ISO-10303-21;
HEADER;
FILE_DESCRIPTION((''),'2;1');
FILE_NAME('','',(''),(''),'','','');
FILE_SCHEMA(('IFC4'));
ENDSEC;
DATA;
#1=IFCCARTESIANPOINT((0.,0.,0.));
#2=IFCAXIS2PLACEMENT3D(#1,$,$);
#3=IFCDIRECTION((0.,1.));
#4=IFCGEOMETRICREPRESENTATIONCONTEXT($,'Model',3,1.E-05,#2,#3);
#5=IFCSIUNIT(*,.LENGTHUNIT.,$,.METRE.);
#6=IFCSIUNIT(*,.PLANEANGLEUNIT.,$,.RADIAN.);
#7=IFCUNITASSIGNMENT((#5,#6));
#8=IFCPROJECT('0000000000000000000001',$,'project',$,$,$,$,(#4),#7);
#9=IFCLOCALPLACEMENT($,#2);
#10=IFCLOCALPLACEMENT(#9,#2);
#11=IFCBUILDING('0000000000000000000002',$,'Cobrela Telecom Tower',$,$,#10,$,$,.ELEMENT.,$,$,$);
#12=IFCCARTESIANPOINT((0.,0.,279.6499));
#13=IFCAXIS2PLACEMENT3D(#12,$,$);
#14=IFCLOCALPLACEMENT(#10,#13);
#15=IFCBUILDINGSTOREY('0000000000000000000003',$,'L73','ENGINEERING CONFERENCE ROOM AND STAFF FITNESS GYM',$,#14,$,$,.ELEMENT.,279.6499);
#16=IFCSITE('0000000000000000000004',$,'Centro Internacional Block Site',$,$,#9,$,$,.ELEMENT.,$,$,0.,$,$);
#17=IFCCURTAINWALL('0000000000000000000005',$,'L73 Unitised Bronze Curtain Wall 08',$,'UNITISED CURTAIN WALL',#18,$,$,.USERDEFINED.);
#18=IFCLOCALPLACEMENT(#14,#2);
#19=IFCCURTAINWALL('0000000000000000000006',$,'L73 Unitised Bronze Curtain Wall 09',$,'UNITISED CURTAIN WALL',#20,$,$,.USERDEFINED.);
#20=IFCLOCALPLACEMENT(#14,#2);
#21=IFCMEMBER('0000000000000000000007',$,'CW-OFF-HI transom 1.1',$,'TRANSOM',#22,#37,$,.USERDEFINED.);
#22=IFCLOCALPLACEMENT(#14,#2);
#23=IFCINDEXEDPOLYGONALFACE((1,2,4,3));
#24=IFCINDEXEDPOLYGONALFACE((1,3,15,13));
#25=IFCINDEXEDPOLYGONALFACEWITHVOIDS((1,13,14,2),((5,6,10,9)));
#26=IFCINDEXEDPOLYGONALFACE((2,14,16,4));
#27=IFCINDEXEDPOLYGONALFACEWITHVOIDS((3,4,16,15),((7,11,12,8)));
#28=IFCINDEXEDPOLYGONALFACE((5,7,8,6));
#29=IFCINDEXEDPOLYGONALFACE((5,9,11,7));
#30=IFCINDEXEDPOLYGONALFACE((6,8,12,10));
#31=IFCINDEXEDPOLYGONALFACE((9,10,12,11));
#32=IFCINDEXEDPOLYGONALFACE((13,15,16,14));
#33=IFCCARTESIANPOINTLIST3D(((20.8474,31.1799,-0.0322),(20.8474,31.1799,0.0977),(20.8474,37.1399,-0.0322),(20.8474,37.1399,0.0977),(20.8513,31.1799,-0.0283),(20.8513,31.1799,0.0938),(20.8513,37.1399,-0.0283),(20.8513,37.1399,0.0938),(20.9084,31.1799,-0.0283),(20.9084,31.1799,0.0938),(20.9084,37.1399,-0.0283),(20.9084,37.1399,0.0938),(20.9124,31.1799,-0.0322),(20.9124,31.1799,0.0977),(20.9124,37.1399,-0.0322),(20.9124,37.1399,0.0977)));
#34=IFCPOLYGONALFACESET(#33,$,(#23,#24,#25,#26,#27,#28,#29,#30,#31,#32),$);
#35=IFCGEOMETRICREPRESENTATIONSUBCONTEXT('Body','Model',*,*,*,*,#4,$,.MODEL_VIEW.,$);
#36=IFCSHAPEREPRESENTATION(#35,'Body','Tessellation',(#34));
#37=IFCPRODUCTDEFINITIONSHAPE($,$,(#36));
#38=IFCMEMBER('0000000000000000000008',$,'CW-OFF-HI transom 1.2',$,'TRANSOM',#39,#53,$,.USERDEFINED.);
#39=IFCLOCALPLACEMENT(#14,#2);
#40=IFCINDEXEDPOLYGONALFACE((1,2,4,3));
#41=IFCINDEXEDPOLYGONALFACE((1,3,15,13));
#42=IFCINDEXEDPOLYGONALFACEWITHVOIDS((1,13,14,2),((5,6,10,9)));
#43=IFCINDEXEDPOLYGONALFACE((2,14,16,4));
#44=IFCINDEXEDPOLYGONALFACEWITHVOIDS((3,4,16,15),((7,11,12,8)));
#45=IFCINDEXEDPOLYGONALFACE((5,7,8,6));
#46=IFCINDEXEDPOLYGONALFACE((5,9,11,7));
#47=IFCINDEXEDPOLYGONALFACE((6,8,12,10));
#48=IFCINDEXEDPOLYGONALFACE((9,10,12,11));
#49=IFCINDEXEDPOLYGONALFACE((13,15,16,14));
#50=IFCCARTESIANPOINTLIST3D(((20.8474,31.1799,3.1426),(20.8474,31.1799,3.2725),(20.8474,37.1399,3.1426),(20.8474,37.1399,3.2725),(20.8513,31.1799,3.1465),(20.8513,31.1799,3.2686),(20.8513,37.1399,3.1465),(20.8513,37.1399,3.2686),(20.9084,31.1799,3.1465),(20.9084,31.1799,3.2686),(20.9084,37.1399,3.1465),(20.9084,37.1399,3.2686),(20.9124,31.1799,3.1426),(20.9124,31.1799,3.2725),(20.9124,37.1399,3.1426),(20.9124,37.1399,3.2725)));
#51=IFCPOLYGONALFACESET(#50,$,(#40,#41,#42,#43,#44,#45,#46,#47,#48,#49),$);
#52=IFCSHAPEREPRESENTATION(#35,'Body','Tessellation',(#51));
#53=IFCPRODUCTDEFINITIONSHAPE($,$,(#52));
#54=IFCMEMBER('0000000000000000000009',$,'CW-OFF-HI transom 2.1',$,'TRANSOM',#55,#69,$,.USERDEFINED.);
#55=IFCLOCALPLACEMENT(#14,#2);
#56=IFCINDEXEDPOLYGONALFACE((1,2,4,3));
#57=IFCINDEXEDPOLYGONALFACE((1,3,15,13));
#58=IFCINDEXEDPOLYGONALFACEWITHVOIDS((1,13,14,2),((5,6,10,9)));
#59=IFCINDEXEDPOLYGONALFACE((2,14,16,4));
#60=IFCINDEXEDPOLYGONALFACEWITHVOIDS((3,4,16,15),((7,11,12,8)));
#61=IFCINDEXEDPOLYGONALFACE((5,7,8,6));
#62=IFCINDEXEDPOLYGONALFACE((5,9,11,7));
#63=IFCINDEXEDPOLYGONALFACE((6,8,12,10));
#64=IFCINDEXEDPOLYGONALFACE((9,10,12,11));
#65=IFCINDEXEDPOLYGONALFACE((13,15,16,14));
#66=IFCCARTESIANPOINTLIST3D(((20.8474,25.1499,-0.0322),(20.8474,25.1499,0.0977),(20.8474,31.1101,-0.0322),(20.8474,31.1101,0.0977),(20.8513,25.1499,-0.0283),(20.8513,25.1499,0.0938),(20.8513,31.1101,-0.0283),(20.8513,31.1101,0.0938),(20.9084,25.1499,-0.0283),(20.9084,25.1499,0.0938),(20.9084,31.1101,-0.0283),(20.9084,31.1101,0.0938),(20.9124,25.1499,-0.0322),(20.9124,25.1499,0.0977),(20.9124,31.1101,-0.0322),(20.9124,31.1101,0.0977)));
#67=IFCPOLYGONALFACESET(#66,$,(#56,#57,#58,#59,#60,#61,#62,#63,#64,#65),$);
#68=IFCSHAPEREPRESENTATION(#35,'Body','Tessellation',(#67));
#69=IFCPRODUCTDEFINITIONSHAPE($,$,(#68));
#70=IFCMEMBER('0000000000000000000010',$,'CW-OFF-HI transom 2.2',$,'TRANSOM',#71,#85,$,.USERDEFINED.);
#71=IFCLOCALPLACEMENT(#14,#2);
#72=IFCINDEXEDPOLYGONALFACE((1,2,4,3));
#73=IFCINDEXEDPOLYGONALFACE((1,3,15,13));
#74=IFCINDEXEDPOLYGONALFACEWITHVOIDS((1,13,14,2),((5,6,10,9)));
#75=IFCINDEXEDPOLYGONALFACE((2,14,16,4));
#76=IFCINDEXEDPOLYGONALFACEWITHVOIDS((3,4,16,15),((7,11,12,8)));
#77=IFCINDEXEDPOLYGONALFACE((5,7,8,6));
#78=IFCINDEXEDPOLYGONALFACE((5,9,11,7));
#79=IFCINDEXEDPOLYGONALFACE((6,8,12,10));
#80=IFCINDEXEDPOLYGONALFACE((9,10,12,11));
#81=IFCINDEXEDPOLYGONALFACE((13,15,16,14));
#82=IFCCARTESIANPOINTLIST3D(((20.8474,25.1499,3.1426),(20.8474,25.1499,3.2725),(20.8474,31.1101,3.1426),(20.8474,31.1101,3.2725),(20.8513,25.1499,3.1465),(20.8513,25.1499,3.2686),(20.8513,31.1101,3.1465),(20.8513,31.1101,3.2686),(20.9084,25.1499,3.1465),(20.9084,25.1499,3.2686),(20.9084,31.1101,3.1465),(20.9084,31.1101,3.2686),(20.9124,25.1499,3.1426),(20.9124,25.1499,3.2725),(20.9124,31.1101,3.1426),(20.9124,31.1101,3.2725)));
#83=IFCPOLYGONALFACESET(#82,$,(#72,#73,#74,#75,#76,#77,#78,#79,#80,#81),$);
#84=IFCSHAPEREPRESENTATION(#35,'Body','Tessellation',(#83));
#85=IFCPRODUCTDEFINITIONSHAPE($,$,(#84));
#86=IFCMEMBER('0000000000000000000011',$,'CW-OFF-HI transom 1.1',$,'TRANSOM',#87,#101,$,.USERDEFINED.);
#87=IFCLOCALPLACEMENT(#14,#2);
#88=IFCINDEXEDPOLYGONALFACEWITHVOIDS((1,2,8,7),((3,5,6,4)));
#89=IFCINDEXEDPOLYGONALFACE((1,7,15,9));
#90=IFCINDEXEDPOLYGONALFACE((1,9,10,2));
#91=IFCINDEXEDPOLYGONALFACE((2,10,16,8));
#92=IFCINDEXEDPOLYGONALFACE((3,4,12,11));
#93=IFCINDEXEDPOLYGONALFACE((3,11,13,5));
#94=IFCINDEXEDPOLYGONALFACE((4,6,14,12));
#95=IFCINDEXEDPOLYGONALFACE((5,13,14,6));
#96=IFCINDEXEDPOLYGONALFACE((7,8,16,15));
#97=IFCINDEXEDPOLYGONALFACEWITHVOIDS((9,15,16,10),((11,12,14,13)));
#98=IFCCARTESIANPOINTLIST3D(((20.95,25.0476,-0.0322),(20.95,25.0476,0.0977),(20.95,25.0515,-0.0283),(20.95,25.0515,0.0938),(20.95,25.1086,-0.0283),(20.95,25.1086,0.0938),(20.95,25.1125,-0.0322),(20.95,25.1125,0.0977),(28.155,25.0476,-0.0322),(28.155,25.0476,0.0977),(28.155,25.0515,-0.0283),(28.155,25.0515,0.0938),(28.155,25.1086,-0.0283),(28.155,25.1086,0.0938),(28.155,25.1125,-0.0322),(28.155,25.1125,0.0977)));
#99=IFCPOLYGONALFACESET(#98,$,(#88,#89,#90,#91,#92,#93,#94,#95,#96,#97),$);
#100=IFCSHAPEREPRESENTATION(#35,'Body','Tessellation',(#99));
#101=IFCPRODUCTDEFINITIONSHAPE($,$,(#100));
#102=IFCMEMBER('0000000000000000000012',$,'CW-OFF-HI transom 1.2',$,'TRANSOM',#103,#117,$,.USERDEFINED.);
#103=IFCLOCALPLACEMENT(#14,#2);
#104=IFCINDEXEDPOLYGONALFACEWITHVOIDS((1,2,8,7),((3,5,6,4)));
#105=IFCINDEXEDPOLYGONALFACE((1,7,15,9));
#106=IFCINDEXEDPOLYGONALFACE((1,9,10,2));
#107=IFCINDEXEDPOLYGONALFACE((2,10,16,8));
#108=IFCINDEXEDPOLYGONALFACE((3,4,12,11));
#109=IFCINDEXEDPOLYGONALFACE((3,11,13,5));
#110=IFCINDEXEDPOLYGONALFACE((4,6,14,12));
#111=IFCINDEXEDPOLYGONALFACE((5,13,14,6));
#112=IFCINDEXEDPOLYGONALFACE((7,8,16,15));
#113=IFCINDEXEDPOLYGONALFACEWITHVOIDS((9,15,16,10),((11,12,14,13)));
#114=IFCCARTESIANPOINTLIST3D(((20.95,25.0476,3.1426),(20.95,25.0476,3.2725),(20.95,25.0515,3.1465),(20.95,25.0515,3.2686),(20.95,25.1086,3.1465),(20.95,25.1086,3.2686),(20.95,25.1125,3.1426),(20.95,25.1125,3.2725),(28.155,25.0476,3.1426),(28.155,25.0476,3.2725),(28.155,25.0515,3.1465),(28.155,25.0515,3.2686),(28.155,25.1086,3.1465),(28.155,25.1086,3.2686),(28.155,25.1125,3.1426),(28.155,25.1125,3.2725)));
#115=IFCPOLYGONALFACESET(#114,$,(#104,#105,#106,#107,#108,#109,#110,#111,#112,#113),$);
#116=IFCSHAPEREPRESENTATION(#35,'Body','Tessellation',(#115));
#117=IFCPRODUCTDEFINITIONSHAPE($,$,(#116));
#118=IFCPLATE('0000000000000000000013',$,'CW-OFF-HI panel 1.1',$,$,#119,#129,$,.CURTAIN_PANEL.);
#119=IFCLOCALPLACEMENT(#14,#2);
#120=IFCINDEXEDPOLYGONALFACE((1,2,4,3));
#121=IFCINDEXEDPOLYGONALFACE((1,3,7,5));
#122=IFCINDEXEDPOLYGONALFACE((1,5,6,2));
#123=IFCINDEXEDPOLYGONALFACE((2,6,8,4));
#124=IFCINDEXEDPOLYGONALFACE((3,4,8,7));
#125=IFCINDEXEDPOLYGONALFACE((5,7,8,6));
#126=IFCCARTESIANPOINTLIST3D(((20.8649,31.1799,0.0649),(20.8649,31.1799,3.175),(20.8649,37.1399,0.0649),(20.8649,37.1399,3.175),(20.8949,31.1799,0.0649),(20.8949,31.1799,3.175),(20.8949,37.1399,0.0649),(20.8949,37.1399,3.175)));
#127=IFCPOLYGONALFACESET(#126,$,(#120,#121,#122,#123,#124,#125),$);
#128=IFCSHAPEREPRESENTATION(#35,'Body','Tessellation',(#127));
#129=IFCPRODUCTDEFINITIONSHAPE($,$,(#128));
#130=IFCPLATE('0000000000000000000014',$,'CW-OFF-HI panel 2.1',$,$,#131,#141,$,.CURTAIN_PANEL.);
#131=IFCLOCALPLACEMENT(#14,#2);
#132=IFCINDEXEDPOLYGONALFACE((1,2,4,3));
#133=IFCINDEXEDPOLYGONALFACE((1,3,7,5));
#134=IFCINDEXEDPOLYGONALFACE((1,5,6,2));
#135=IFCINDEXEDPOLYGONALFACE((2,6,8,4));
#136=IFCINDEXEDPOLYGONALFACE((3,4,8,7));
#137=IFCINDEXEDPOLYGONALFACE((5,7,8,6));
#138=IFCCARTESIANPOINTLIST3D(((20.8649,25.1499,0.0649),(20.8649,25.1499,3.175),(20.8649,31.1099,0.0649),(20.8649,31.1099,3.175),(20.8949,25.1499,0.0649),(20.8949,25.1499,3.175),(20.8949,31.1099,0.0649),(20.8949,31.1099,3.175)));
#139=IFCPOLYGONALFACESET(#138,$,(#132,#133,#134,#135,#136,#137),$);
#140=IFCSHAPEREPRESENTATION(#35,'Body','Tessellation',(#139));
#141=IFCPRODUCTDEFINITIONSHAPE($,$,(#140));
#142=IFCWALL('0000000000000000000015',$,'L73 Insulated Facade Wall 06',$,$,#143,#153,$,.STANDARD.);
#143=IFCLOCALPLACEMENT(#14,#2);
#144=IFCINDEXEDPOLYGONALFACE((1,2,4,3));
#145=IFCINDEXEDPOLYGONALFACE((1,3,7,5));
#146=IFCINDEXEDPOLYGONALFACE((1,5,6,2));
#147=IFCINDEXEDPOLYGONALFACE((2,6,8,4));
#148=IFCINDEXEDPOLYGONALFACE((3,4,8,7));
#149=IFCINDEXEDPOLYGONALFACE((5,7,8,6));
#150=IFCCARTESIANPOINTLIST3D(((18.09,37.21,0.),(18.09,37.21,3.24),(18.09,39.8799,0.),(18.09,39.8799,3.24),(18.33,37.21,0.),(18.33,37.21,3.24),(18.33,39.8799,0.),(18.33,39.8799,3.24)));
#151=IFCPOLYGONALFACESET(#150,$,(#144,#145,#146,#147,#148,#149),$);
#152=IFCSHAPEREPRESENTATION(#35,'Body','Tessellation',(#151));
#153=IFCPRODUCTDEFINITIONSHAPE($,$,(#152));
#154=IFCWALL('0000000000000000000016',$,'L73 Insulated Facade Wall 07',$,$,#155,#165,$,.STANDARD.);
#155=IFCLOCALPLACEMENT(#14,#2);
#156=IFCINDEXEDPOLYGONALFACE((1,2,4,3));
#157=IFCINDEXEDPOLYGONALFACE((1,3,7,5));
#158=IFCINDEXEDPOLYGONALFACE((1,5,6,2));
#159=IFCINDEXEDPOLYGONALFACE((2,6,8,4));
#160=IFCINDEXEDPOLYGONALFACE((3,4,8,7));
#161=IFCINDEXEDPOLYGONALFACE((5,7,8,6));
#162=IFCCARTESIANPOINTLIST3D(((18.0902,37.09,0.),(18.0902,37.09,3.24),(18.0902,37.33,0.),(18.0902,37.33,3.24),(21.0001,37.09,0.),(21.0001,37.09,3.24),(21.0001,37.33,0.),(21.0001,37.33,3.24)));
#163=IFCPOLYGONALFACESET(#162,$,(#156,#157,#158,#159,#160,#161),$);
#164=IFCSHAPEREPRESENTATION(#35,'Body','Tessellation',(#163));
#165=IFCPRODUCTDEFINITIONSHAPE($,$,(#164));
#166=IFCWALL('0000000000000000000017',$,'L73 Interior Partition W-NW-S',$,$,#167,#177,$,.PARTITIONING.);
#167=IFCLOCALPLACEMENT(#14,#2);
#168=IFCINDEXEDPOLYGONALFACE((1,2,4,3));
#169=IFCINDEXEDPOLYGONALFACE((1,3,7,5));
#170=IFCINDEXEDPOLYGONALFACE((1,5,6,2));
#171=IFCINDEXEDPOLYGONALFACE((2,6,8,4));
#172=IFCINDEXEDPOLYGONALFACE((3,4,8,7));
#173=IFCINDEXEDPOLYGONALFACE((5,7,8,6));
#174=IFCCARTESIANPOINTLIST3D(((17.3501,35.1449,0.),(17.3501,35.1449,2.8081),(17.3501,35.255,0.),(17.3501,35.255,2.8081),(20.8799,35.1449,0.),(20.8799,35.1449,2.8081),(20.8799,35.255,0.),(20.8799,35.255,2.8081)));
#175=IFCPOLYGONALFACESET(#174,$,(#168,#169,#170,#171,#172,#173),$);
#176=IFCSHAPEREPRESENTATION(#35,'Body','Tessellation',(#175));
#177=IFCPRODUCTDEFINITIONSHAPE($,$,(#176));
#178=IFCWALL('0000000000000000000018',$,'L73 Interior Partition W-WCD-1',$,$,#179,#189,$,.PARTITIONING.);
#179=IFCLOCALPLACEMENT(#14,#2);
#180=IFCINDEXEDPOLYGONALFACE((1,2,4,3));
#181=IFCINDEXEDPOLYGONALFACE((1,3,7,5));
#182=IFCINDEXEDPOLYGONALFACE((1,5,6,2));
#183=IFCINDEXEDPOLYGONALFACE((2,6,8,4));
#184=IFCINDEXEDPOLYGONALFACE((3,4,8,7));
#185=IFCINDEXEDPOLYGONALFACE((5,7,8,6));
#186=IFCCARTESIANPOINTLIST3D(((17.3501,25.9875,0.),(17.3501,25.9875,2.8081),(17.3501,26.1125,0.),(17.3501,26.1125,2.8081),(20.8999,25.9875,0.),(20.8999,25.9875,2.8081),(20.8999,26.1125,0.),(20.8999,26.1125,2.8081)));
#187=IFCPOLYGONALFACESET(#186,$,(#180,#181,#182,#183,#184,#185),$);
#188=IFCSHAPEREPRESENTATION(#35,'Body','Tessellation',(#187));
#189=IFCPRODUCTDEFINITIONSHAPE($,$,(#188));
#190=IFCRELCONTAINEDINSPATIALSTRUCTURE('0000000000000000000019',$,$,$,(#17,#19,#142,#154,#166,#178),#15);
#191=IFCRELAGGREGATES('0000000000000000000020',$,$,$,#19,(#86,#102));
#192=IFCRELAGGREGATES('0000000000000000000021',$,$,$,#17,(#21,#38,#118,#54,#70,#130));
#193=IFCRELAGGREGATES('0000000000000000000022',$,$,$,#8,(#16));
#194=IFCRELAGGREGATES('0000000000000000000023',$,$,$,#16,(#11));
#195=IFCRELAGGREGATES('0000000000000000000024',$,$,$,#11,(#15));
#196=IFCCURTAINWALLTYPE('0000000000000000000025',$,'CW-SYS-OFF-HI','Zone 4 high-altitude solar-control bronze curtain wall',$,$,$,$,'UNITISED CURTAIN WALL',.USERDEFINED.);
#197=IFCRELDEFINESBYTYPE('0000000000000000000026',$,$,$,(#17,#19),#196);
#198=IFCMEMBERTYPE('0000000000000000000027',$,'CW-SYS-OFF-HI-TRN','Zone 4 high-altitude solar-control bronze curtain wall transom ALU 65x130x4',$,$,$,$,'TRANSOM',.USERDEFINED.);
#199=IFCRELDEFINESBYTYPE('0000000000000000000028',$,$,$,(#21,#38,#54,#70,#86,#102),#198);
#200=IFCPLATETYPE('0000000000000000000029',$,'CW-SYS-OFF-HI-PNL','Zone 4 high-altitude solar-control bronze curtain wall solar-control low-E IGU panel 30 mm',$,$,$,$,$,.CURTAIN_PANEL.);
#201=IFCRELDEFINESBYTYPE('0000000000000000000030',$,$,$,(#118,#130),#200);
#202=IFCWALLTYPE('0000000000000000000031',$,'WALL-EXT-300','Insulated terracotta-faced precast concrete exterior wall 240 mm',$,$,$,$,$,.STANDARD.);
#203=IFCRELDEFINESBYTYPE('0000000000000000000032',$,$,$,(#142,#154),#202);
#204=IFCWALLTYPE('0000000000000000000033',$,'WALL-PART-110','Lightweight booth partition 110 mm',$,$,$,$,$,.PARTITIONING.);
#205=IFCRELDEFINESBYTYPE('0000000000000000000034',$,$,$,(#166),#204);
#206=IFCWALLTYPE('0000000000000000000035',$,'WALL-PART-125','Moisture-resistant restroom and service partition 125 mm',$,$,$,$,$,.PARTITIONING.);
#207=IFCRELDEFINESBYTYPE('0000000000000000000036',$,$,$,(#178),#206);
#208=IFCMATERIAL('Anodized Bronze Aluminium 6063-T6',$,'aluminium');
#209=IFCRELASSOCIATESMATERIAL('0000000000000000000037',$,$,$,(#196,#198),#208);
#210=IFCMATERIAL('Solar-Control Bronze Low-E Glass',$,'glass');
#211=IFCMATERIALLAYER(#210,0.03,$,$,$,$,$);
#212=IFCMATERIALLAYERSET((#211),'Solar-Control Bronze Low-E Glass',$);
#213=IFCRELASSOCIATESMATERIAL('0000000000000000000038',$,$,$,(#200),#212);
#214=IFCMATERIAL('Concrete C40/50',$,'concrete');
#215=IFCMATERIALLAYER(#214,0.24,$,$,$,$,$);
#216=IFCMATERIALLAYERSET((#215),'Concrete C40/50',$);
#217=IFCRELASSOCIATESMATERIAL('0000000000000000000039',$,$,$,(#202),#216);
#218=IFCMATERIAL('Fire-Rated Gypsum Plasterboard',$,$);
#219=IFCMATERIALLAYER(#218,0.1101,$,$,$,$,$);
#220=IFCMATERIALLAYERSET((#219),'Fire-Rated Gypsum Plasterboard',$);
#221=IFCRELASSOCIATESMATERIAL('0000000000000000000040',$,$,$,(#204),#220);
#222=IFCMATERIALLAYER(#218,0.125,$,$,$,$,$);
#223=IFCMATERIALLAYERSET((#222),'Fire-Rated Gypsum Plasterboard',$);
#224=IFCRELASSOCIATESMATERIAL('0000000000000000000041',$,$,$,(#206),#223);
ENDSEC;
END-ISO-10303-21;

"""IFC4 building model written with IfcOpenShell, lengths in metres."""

from ifc_helpers import new_model, si_unit, direction, frame, frame_2d, origin, origin_2d, place, context, subcontext, project, spatial, rectangle, hollow_rectangle, extrude, material, layer, layer_set, material_profile, profile_set, type_object, element, aggregate, save


model = new_model("IFC4")

# Units and contexts
model_context = context("Model", 3, precision=1e-05, world=origin(), true_north=direction((0.0, 1.0)))
body_context = subcontext(model_context, "Body", "Model", "MODEL_VIEW")
ifc_project = project(units=[si_unit("LENGTHUNIT", "METRE"), si_unit("PLANEANGLEUNIT", "RADIAN")], contexts=[model_context])

# Site, building, storey
site_placement = place(None, origin())
site = spatial("IfcSite", under=ifc_project, at=site_placement, Name="Centro Internacional Block Site", CompositionType="ELEMENT", RefElevation=0.0)
building_placement = place(site_placement, origin())
building = spatial("IfcBuilding", under=site, at=building_placement, Name="Cobrela Telecom Tower", CompositionType="ELEMENT")
storey_placement = place(building_placement, frame((0.0, 0.0, 279.6499)))
storey = spatial("IfcBuildingStorey", under=building, at=storey_placement, Name="L73", Description="ENGINEERING CONFERENCE ROOM AND STAFF FITNESS GYM", CompositionType="ELEMENT", Elevation=279.6499)

# Shared definitions
ifc_material_1 = material(Name="Anodized Bronze Aluminium 6063-T6", Category="aluminium")
curtain_wall_type = type_object("IfcCurtainWallType", Name="CW-SYS-OFF-HI", Description="Zone 4 high-altitude solar-control bronze curtain wall", ElementType="UNITISED CURTAIN WALL", PredefinedType="USERDEFINED", material=ifc_material_1)

# Curtain wall
curtain_wall_1_placement = place(storey_placement, origin())
curtain_wall_1 = element("IfcCurtainWall", 1, at=curtain_wall_1_placement, inside=storey, type_object=curtain_wall_type, Name="L73 Unitised Bronze Curtain Wall 08", ObjectType="UNITISED CURTAIN WALL", PredefinedType="USERDEFINED")

# Curtain wall
curtain_wall_2_placement = place(storey_placement, origin())
curtain_wall_2 = element("IfcCurtainWall", 2, at=curtain_wall_2_placement, inside=storey, type_object=curtain_wall_type, Name="L73 Unitised Bronze Curtain Wall 09", ObjectType="UNITISED CURTAIN WALL", PredefinedType="USERDEFINED")

# Members
ifc_material_profile_1 = material_profile(ifc_material_1, hollow_rectangle(XDim=0.0649, YDim=0.1299, WallThickness=0.0039, at=origin_2d()), Name="ALU 65x130x4")
ifc_profile_set_1 = profile_set([ifc_material_profile_1], Name="Anodized Bronze Aluminium 6063-T6")
member_type_1 = type_object("IfcMemberType", Name="CW-SYS-OFF-HI-TRN", Description="Zone 4 high-altitude solar-control bronze curtain wall transom ALU 65x130x4", ElementType="TRANSOM", PredefinedType="USERDEFINED", material=ifc_profile_set_1)
member_1_placement = place(storey_placement, frame((20.8799, 37.1399, 0.0327), z_axis=(0.0, -1.0, 0.0), x_axis=(1.0, 0.0, 0.0)))
member_1 = element("IfcMember", 3, at=member_1_placement, type_object=member_type_1, Name="CW-OFF-HI transom 1.1", ObjectType="TRANSOM", PredefinedType="USERDEFINED", context=body_context, shape_type="SweptSolid", body=[
    extrude(hollow_rectangle(XDim=0.0649, YDim=0.1299, WallThickness=0.0039, at=origin_2d()), origin(), (0.0, 0.0, 1.0), 5.96),
])
member_2_placement = place(storey_placement, frame((20.8799, 37.1399, 3.2075), z_axis=(0.0, -1.0, 0.0), x_axis=(1.0, 0.0, 0.0)))
member_2 = element("IfcMember", 4, at=member_2_placement, type_object=member_type_1, Name="CW-OFF-HI transom 1.2", ObjectType="TRANSOM", PredefinedType="USERDEFINED", context=body_context, shape_type="SweptSolid", body=[
    extrude(hollow_rectangle(XDim=0.0649, YDim=0.1299, WallThickness=0.0039, at=origin_2d()), origin(), (0.0, 0.0, 1.0), 5.96),
])
member_3_placement = place(storey_placement, frame((20.8799, 31.1101, 0.0327), z_axis=(0.0, -1.0, 0.0), x_axis=(1.0, 0.0, 0.0)))
member_3 = element("IfcMember", 5, at=member_3_placement, type_object=member_type_1, Name="CW-OFF-HI transom 2.1", ObjectType="TRANSOM", PredefinedType="USERDEFINED", context=body_context, shape_type="SweptSolid", body=[
    extrude(hollow_rectangle(XDim=0.0649, YDim=0.1299, WallThickness=0.0039, at=origin_2d()), origin(), (0.0, 0.0, 1.0), 5.9602),
])
member_4_placement = place(storey_placement, frame((20.8799, 31.1101, 3.2075), z_axis=(0.0, -1.0, 0.0), x_axis=(1.0, 0.0, 0.0)))
member_4 = element("IfcMember", 6, at=member_4_placement, type_object=member_type_1, Name="CW-OFF-HI transom 2.2", ObjectType="TRANSOM", PredefinedType="USERDEFINED", context=body_context, shape_type="SweptSolid", body=[
    extrude(hollow_rectangle(XDim=0.0649, YDim=0.1299, WallThickness=0.0039, at=origin_2d()), origin(), (0.0, 0.0, 1.0), 5.9602),
])
member_5_placement = place(storey_placement, frame((20.95, 25.0801, 0.0327), z_axis=(1.0, 0.0, 0.0), x_axis=(0.0, 1.0, 0.0)))
member_5 = element("IfcMember", 7, at=member_5_placement, type_object=member_type_1, Name="CW-OFF-HI transom 1.1", ObjectType="TRANSOM", PredefinedType="USERDEFINED", context=body_context, shape_type="SweptSolid", body=[
    extrude(hollow_rectangle(XDim=0.0649, YDim=0.1299, WallThickness=0.0039, at=origin_2d()), origin(), (0.0, 0.0, 1.0), 7.2051),
])
member_6_placement = place(storey_placement, frame((20.95, 25.0801, 3.2075), z_axis=(1.0, 0.0, 0.0), x_axis=(0.0, 1.0, 0.0)))
member_6 = element("IfcMember", 8, at=member_6_placement, type_object=member_type_1, Name="CW-OFF-HI transom 1.2", ObjectType="TRANSOM", PredefinedType="USERDEFINED", context=body_context, shape_type="SweptSolid", body=[
    extrude(hollow_rectangle(XDim=0.0649, YDim=0.1299, WallThickness=0.0039, at=origin_2d()), origin(), (0.0, 0.0, 1.0), 7.2051),
])
aggregate(curtain_wall_2, [member_5, member_6])

# Plates
ifc_material_2 = material(Name="Solar-Control Bronze Low-E Glass", Category="glass")
ifc_layer_1 = layer(ifc_material_2, 0.03)
ifc_layer_set_1 = layer_set([ifc_layer_1], Name="Solar-Control Bronze Low-E Glass")
plate_type = type_object("IfcPlateType", Name="CW-SYS-OFF-HI-PNL", Description="Zone 4 high-altitude solar-control bronze curtain wall solar-control low-E IGU panel 30 mm", PredefinedType="CURTAIN_PANEL", material=ifc_layer_set_1)
plate_1_placement = place(storey_placement, frame((20.8799, 34.1599, 0.0649), z_axis=(0.0, 0.0, 1.0), x_axis=(0.0, -1.0, 0.0)))
plate_1 = element("IfcPlate", 9, at=plate_1_placement, type_object=plate_type, Name="CW-OFF-HI panel 1.1", PredefinedType="CURTAIN_PANEL", context=body_context, shape_type="SweptSolid", body=[
    extrude(rectangle(XDim=5.96, YDim=0.03, at=origin_2d()), origin(), (0.0, 0.0, 1.0), 3.1101),
])
plate_2_placement = place(storey_placement, frame((20.8799, 28.1299, 0.0649), z_axis=(0.0, 0.0, 1.0), x_axis=(0.0, -1.0, 0.0)))
plate_2 = element("IfcPlate", 10, at=plate_2_placement, type_object=plate_type, Name="CW-OFF-HI panel 2.1", PredefinedType="CURTAIN_PANEL", context=body_context, shape_type="SweptSolid", body=[
    extrude(rectangle(XDim=5.96, YDim=0.03, at=origin_2d()), origin(), (0.0, 0.0, 1.0), 3.1101),
])
aggregate(curtain_wall_1, [member_1, member_2, plate_1, member_3, member_4, plate_2])

# Walls
ifc_material_3 = material(Name="Concrete C40/50", Category="concrete")
ifc_layer_2 = layer(ifc_material_3, 0.24)
ifc_layer_set_2 = layer_set([ifc_layer_2], Name="Concrete C40/50")
wall_type_1 = type_object("IfcWallType", Name="WALL-EXT-300", Description="Insulated terracotta-faced precast concrete exterior wall 240 mm", PredefinedType="STANDARD", material=ifc_layer_set_2)
wall_1_placement = place(storey_placement, frame((18.21, 39.8799, 0.0), z_axis=(0.0, 0.0, 1.0), x_axis=(0.0, -1.0, 0.0)))
element("IfcWall", 11, at=wall_1_placement, inside=storey, type_object=wall_type_1, Name="L73 Insulated Facade Wall 06", PredefinedType="STANDARD", context=body_context, shape_type="SweptSolid", body=[
    extrude(rectangle(XDim=2.6699, YDim=0.24, at=frame_2d((1.335, 0.0))), origin(), (0.0, 0.0, 1.0), 3.24),
])
wall_2_placement = place(storey_placement, frame((18.0901, 37.21, 0.0), z_axis=(0.0, 0.0, 1.0), x_axis=(1.0, 0.0, 0.0)))
element("IfcWall", 12, at=wall_2_placement, inside=storey, type_object=wall_type_1, Name="L73 Insulated Facade Wall 07", PredefinedType="STANDARD", context=body_context, shape_type="SweptSolid", body=[
    extrude(rectangle(XDim=2.9099, YDim=0.24, at=frame_2d((1.4551, 0.0))), origin(), (0.0, 0.0, 1.0), 3.24),
])
ifc_material_4 = material(Name="Fire-Rated Gypsum Plasterboard")
ifc_layer_3 = layer(ifc_material_4, 0.1101)
ifc_layer_set_3 = layer_set([ifc_layer_3], Name="Fire-Rated Gypsum Plasterboard")
wall_type_2 = type_object("IfcWallType", Name="WALL-PART-110", Description="Lightweight booth partition 110 mm", PredefinedType="PARTITIONING", material=ifc_layer_set_3)
wall_3_placement = place(storey_placement, frame((17.3501, 35.2, 0.0), z_axis=(0.0, 0.0, 1.0), x_axis=(1.0, 0.0, 0.0)))
element("IfcWall", 13, at=wall_3_placement, inside=storey, type_object=wall_type_2, Name="L73 Interior Partition W-NW-S", PredefinedType="PARTITIONING", context=body_context, shape_type="SweptSolid", body=[
    extrude(rectangle(XDim=3.5298, YDim=0.1101, at=frame_2d((1.7649, 0.0))), origin(), (0.0, 0.0, 1.0), 2.8081),
])
ifc_layer_4 = layer(ifc_material_4, 0.125)
ifc_layer_set_4 = layer_set([ifc_layer_4], Name="Fire-Rated Gypsum Plasterboard")
wall_type_3 = type_object("IfcWallType", Name="WALL-PART-125", Description="Moisture-resistant restroom and service partition 125 mm", PredefinedType="PARTITIONING", material=ifc_layer_set_4)
for number, where, z_axis, x_axis, name in (
    (14, (17.3501, 26.05, 0.0), (0.0, 0.0, 1.0), (1.0, 0.0, 0.0), "L73 Interior Partition W-WCD-1"),
):
    element("IfcWall", number, at=place(storey_placement, frame(where, z_axis=z_axis, x_axis=x_axis)), inside=storey, type_object=wall_type_3, Name=name, PredefinedType="PARTITIONING", context=body_context, shape_type="SweptSolid", body=[
        extrude(rectangle(XDim=3.5498, YDim=0.125, at=frame_2d((1.7749, 0.0))), origin(), (0.0, 0.0, 1.0), 2.8081),
    ])

save(model, "model.ifc")
